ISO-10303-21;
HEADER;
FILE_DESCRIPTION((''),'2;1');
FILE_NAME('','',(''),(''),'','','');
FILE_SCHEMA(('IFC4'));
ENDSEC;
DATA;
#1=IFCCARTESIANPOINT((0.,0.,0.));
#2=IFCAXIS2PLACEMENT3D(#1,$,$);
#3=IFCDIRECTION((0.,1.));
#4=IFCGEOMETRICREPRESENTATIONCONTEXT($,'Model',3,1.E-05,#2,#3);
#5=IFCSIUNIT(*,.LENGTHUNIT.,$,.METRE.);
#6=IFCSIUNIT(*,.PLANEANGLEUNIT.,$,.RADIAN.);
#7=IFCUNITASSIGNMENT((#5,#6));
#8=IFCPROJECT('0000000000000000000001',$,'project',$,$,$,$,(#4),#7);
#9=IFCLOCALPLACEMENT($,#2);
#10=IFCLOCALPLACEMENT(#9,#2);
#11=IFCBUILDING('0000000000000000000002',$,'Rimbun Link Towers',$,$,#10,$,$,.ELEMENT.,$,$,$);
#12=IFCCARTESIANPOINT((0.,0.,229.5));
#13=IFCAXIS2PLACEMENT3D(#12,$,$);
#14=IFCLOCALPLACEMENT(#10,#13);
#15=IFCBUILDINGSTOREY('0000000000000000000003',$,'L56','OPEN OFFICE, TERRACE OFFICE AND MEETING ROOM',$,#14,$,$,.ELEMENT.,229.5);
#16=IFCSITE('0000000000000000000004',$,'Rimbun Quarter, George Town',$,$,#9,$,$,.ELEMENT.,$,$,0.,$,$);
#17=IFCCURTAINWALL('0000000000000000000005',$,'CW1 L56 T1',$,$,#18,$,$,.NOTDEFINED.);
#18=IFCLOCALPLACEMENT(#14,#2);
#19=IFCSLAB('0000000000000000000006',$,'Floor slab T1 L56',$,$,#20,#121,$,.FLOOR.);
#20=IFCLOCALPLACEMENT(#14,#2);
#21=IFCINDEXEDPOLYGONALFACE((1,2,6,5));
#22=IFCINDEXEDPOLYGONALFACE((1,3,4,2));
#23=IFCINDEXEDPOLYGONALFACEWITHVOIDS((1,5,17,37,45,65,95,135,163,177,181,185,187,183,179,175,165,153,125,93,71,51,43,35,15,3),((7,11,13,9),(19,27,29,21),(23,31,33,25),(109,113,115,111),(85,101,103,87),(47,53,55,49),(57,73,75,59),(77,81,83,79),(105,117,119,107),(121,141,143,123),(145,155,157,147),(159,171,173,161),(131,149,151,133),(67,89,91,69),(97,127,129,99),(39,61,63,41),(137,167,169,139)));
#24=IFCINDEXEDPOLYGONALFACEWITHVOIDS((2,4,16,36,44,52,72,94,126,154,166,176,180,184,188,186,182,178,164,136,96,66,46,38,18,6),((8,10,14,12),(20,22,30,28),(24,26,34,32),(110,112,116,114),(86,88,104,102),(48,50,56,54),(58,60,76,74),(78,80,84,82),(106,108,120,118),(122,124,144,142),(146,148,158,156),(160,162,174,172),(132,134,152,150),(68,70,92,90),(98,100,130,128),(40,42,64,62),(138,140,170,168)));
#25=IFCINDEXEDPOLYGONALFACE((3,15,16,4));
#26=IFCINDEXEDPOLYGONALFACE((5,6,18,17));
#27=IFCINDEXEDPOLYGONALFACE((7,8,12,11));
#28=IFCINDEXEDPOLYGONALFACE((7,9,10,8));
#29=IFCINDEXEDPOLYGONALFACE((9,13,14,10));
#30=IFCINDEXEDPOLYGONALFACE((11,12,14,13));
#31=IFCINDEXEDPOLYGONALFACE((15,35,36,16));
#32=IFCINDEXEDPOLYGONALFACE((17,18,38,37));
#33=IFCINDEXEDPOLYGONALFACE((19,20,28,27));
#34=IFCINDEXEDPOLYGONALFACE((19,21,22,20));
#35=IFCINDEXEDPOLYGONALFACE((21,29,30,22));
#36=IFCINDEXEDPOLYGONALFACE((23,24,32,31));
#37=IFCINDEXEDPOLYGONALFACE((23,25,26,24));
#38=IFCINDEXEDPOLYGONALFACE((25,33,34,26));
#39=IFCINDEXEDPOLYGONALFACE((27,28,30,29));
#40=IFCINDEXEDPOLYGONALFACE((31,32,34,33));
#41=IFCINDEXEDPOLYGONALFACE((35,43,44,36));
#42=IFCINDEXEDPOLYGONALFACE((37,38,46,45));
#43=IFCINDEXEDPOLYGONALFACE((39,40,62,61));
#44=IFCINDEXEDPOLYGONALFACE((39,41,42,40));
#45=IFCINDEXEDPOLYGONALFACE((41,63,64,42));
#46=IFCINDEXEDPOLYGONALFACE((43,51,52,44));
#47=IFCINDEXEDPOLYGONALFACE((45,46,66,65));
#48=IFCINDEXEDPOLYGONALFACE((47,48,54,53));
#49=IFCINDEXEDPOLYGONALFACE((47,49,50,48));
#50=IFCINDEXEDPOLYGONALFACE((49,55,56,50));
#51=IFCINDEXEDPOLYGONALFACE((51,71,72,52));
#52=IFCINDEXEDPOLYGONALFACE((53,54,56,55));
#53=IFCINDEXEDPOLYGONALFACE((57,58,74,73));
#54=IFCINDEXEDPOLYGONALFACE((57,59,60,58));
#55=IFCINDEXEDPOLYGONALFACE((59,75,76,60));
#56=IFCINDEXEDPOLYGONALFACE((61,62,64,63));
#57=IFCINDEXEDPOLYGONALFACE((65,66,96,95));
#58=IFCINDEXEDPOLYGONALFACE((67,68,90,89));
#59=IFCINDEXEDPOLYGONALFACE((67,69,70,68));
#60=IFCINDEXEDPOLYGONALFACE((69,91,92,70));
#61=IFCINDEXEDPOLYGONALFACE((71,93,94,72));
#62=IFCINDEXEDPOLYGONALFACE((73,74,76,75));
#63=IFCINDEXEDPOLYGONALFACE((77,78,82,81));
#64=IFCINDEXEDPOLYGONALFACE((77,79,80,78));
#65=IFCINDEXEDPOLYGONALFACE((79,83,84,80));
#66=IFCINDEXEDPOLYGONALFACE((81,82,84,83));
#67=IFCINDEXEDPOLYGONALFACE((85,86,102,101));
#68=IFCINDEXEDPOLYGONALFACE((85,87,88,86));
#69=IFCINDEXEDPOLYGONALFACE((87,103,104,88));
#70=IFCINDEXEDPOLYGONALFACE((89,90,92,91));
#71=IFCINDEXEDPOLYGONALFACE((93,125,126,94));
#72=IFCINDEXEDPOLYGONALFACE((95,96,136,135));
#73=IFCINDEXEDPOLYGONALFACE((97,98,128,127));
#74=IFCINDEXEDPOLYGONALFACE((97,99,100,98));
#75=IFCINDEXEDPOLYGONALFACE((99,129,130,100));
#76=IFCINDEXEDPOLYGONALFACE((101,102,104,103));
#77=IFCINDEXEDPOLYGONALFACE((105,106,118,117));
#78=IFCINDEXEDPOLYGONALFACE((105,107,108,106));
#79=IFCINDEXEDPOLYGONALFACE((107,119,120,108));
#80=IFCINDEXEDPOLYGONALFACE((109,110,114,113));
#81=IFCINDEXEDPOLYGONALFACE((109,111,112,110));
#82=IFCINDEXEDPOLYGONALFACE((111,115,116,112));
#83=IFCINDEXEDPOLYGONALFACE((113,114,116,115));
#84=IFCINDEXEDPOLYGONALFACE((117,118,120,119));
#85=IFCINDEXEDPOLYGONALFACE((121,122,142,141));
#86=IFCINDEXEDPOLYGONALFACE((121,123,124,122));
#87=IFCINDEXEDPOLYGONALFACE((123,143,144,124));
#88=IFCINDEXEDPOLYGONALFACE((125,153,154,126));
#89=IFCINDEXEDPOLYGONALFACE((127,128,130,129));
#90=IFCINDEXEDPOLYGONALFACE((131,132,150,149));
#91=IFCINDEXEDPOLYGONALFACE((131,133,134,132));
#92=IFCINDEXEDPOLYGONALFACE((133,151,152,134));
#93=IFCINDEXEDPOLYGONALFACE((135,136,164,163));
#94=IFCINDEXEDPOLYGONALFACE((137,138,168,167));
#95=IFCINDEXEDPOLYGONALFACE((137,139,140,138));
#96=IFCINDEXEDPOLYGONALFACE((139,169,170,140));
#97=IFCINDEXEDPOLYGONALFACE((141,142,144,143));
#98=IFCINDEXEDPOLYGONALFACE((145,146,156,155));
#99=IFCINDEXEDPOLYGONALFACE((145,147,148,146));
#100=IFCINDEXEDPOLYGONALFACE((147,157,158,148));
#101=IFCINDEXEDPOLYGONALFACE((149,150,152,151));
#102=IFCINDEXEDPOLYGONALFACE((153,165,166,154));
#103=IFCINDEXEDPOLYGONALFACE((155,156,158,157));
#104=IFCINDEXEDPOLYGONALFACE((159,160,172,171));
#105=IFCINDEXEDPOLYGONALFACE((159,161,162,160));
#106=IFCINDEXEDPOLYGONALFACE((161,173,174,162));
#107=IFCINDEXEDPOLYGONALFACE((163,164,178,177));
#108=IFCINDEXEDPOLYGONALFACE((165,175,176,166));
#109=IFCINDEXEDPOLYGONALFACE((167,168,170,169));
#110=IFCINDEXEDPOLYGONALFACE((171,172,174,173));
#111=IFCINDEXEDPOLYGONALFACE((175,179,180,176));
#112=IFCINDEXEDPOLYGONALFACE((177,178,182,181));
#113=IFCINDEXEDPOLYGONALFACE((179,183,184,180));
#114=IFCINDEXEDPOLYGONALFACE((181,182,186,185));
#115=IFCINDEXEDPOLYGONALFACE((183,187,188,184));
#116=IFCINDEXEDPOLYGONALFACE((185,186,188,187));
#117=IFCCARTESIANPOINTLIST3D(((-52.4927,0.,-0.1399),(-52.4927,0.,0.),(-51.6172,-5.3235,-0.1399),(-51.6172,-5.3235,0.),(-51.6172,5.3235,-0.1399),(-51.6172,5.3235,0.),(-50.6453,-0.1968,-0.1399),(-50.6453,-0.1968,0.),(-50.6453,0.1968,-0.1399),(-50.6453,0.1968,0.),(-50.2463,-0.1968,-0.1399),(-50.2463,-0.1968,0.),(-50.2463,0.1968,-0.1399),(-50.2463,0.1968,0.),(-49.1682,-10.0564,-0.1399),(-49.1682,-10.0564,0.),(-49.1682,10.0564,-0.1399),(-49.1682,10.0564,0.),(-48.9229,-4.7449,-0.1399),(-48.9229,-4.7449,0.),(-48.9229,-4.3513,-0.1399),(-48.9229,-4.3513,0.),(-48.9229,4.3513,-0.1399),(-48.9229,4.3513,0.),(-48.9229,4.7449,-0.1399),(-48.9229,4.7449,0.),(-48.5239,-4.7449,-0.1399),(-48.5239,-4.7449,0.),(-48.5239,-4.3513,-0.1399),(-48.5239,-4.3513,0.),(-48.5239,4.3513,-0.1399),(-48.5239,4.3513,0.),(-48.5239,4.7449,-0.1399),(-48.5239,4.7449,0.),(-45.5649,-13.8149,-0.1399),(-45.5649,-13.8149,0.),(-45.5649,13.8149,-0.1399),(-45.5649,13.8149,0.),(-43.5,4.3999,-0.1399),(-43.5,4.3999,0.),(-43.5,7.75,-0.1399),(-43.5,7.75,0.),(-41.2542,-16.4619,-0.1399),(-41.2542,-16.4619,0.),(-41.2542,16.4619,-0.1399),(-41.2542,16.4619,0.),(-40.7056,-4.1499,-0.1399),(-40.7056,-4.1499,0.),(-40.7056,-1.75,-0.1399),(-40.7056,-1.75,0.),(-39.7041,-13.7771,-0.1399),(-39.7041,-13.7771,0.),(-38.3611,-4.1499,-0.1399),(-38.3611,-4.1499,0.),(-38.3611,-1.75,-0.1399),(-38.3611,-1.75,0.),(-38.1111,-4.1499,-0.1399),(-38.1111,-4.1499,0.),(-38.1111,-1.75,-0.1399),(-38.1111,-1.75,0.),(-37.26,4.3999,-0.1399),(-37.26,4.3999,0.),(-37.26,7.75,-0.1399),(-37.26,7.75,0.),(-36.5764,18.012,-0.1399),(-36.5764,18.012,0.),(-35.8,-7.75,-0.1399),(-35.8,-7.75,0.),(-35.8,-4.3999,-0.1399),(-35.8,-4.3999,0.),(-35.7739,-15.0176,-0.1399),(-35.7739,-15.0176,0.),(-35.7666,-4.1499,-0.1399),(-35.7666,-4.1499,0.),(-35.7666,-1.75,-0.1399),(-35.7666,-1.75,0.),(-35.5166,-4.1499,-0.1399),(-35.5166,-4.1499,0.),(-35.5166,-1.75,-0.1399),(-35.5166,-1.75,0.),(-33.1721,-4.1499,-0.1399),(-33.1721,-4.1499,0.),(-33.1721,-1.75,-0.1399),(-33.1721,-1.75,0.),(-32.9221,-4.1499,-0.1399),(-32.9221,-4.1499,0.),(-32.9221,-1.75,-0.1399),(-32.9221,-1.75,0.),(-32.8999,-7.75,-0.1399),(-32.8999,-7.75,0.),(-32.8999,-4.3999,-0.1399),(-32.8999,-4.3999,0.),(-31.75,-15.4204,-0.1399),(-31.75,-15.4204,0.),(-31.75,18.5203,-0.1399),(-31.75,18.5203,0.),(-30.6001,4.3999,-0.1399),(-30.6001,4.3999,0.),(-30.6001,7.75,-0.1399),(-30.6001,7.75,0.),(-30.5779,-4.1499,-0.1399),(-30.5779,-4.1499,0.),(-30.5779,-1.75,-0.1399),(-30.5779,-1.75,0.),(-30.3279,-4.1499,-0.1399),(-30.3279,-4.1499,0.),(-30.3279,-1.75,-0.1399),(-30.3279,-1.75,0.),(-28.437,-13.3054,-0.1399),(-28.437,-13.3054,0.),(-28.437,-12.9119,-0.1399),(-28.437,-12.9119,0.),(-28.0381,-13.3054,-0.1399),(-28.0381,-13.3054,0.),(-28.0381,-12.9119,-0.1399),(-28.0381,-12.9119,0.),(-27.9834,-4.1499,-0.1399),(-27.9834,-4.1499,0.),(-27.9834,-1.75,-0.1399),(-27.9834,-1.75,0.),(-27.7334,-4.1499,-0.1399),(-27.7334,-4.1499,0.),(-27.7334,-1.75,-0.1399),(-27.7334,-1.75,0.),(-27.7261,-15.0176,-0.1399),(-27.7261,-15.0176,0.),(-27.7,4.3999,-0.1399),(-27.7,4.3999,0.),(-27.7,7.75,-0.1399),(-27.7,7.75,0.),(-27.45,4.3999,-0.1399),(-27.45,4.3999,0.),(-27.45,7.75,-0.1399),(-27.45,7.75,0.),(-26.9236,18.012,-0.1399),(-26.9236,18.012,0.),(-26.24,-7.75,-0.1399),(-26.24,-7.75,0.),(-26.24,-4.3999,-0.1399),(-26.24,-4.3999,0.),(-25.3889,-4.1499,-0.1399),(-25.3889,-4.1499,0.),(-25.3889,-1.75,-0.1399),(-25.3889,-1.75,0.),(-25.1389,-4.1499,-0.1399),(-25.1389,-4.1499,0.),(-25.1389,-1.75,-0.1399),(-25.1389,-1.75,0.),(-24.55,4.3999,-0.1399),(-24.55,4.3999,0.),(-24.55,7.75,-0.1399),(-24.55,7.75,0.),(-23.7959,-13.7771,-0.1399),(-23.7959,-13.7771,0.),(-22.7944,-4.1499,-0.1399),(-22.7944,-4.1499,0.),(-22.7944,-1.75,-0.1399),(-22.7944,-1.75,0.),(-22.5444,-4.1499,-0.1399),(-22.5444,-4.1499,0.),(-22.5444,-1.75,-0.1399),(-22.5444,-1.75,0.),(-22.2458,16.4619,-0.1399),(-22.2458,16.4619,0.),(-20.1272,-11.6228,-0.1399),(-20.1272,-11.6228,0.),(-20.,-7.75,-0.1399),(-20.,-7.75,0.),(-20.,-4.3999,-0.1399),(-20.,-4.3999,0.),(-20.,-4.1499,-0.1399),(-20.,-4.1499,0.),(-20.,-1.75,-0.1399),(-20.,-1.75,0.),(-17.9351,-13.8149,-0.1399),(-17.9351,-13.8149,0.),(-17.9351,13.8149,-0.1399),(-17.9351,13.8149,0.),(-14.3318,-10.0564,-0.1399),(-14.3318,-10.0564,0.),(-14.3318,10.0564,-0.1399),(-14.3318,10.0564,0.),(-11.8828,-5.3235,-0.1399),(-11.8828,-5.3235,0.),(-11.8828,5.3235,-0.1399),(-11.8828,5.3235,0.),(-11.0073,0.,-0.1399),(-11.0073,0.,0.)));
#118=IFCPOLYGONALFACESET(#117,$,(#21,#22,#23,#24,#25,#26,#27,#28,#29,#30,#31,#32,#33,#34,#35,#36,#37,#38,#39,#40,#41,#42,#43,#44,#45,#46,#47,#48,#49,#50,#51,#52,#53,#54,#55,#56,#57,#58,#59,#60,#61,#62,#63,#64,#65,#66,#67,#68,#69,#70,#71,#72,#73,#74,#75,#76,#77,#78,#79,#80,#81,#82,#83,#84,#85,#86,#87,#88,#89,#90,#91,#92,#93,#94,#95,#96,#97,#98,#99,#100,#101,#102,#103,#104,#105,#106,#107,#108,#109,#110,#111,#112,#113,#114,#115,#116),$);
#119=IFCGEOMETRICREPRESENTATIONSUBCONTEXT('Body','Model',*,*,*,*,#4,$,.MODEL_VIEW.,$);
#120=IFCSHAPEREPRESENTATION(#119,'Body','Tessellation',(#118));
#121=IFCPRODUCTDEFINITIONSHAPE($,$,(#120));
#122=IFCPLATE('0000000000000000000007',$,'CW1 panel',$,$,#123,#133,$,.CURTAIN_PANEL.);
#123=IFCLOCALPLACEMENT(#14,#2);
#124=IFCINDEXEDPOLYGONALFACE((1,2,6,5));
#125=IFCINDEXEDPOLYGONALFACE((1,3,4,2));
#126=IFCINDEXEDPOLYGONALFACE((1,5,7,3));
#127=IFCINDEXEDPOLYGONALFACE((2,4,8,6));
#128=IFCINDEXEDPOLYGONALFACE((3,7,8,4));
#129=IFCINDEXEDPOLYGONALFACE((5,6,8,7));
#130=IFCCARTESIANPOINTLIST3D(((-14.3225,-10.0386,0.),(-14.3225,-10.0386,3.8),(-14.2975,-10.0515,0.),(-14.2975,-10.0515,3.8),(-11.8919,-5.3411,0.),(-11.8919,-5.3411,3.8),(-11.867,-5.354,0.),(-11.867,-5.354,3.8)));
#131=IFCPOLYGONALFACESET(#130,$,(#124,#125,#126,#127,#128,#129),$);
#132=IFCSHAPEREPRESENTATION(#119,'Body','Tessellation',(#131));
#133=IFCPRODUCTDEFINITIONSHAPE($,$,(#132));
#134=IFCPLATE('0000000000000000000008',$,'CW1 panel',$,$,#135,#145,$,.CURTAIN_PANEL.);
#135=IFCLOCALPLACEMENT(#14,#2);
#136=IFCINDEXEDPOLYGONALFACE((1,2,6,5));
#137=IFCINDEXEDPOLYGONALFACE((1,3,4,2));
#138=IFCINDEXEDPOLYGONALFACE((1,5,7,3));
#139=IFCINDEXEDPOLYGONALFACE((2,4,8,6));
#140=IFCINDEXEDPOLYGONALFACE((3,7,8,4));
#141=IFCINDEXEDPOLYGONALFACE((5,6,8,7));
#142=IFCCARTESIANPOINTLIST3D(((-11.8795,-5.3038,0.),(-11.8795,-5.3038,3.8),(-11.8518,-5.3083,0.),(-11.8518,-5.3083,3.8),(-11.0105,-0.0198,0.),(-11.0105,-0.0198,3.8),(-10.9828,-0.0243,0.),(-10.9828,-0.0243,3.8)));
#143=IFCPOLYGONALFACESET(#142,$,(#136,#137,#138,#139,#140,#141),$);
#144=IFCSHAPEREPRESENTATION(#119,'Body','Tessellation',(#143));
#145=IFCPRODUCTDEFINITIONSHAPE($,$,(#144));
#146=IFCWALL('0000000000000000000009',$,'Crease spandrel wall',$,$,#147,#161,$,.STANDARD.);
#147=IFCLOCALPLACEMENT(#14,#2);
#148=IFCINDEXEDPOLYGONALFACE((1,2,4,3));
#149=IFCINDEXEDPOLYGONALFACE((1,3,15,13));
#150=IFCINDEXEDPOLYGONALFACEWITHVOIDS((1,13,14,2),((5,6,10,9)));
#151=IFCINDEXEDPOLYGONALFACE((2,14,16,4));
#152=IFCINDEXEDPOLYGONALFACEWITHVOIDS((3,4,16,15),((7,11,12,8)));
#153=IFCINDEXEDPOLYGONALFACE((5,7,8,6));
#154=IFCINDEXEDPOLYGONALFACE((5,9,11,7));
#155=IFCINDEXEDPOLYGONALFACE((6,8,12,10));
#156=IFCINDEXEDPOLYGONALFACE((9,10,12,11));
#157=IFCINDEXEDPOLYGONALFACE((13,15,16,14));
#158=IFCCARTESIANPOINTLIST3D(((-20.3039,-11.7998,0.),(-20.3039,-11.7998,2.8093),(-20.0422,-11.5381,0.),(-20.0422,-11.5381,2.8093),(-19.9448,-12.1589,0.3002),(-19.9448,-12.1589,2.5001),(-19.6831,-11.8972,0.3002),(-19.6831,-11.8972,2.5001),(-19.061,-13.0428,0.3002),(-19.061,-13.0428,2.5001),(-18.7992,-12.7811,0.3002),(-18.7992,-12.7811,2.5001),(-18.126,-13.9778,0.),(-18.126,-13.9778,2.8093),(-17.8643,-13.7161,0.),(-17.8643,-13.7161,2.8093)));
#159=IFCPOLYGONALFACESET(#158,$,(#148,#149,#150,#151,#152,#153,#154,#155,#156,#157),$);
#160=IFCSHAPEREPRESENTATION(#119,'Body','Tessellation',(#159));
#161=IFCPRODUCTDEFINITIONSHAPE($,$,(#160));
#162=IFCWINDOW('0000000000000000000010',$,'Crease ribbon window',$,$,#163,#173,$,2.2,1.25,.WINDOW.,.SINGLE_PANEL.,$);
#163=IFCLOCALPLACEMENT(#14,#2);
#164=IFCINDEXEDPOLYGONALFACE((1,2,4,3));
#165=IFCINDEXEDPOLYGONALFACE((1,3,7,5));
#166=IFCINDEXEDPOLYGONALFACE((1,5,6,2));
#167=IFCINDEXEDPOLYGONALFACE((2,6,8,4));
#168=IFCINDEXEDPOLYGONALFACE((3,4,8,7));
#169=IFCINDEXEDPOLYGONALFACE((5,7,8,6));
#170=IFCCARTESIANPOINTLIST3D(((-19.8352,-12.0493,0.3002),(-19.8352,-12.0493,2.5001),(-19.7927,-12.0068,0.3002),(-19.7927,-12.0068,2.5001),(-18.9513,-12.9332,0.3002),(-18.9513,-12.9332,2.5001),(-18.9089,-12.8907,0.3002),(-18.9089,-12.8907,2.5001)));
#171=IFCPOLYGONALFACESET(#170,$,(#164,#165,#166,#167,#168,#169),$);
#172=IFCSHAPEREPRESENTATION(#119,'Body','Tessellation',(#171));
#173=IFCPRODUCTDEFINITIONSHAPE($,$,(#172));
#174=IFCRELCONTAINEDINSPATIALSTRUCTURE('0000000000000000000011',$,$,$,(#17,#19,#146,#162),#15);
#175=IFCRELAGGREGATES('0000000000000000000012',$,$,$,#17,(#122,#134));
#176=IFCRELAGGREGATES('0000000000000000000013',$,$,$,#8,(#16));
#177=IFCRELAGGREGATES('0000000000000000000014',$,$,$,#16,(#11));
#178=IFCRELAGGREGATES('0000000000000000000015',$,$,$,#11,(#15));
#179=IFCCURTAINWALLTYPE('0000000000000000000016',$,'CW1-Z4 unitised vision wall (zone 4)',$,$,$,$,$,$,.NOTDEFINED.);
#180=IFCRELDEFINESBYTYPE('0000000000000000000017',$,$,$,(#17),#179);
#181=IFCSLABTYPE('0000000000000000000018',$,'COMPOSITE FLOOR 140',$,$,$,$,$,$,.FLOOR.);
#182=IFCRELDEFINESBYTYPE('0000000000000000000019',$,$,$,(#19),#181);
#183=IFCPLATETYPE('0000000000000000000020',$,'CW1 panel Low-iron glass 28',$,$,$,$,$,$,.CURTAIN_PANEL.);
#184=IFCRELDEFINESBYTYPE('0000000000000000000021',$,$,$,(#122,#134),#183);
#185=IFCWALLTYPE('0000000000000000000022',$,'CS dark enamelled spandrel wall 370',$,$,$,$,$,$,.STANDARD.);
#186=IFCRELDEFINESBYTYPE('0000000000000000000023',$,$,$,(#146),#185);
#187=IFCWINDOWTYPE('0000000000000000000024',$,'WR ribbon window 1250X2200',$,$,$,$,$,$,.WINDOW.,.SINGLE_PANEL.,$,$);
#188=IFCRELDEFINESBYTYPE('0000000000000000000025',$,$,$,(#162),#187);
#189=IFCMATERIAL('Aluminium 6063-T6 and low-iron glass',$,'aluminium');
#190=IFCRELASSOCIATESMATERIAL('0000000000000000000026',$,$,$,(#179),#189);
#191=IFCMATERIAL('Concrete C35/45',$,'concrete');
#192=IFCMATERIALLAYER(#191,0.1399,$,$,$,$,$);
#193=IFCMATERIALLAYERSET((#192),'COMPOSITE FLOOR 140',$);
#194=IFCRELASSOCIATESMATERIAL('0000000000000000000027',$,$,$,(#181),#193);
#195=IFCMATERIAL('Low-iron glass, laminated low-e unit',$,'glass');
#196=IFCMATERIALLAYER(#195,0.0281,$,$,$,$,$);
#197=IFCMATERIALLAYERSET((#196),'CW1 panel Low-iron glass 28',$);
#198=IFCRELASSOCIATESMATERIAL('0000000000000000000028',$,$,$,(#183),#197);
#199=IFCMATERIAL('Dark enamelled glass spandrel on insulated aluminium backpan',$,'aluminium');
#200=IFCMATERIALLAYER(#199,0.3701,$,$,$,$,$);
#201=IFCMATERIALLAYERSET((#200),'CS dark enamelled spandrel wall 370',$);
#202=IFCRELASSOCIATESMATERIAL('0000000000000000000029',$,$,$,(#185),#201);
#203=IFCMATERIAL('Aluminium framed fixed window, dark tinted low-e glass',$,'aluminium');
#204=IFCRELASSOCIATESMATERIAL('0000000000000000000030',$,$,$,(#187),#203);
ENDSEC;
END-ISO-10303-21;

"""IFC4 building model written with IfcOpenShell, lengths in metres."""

from ifc_helpers import new_model, si_unit, direction, frame, frame_2d, origin, origin_2d, place, context, subcontext, project, spatial, polyline, rectangle, outline, extrude, material, layer, layer_set, type_object, element, fill, aggregate, save


model = new_model("IFC4")

# Units and contexts
model_context = context("Model", 3, precision=1e-05, world=origin(), true_north=direction((0.0, 1.0)))
body_context = subcontext(model_context, "Body", "Model", "MODEL_VIEW")
ifc_project = project(units=[si_unit("LENGTHUNIT", "METRE"), si_unit("PLANEANGLEUNIT", "RADIAN")], contexts=[model_context])

# Site, building, storey
site_placement = place(None, origin())
site = spatial("IfcSite", under=ifc_project, at=site_placement, Name="Rimbun Quarter, George Town", CompositionType="ELEMENT", RefElevation=0.0)
building_placement = place(site_placement, origin())
building = spatial("IfcBuilding", under=site, at=building_placement, Name="Rimbun Link Towers", CompositionType="ELEMENT")
storey_placement = place(building_placement, frame((0.0, 0.0, 229.5)))
storey = spatial("IfcBuildingStorey", under=building, at=storey_placement, Name="L56", Description="OPEN OFFICE, TERRACE OFFICE AND MEETING ROOM", CompositionType="ELEMENT", Elevation=229.5)

# Curtain wall
ifc_material_1 = material(Name="Aluminium 6063-T6 and low-iron glass", Category="aluminium")
curtain_wall_type = type_object("IfcCurtainWallType", Name="CW1-Z4 unitised vision wall (zone 4)", PredefinedType="NOTDEFINED", material=ifc_material_1)
curtain_wall_placement = place(storey_placement, origin())
curtain_wall = element("IfcCurtainWall", 1, at=curtain_wall_placement, inside=storey, type_object=curtain_wall_type, Name="CW1 L56 T1", PredefinedType="NOTDEFINED")

# Slab
ifc_material_2 = material(Name="Concrete C35/45", Category="concrete")
ifc_layer_1 = layer(ifc_material_2, 0.1399)
ifc_layer_set_1 = layer_set([ifc_layer_1], Name="COMPOSITE FLOOR 140")
slab_type = type_object("IfcSlabType", Name="COMPOSITE FLOOR 140", PredefinedType="FLOOR", material=ifc_layer_set_1)
slab_placement = place(storey_placement, frame((0.0, 0.0, -0.1399)))
element("IfcSlab", 2, at=slab_placement, inside=storey, type_object=slab_type, Name="Floor slab T1 L56", PredefinedType="FLOOR", context=body_context, shape_type="SweptSolid", body=[
    extrude(outline(polyline([(-45.5649, -13.8149), (-49.1682, -10.0564), (-51.6172, -5.3235), (-52.4927, 0.0), (-51.6172, 5.3235), (-49.1682, 10.0564), (-45.5649, 13.8149), (-41.2542, 16.4619), (-36.5764, 18.012), (-31.75, 18.5203), (-26.9236, 18.012), (-22.2458, 16.4619), (-17.9351, 13.8149), (-14.3318, 10.0564), (-11.8828, 5.3235), (-11.0073, 0.0), (-11.8828, -5.3235), (-14.3318, -10.0564), (-17.9351, -13.8149), (-20.1272, -11.6228), (-23.7959, -13.7771), (-27.7261, -15.0176), (-31.75, -15.4204), (-35.7739, -15.0176), (-39.7041, -13.7771), (-41.2542, -16.4619), (-45.5649, -13.8149)]), holes=[polyline([(-32.8999, -7.75), (-32.8999, -4.3999), (-35.8, -4.3999), (-35.8, -7.75), (-32.8999, -7.75)]), polyline([(-48.5239, -4.7449), (-48.5239, -4.3513), (-48.9229, -4.3513), (-48.9229, -4.7449), (-48.5239, -4.7449)]), polyline([(-38.3611, -4.1499), (-38.3611, -1.75), (-40.7056, -1.75), (-40.7056, -4.1499), (-38.3611, -4.1499)]), polyline([(-35.7666, -4.1499), (-35.7666, -1.75), (-38.1111, -1.75), (-38.1111, -4.1499), (-35.7666, -4.1499)]), polyline([(-33.1721, -4.1499), (-33.1721, -1.75), (-35.5166, -1.75), (-35.5166, -4.1499), (-33.1721, -4.1499)]), polyline([(-30.5779, -4.1499), (-30.5779, -1.75), (-32.9221, -1.75), (-32.9221, -4.1499), (-30.5779, -4.1499)]), polyline([(-50.2463, -0.1968), (-50.2463, 0.1968), (-50.6453, 0.1968), (-50.6453, -0.1968), (-50.2463, -0.1968)]), polyline([(-48.5239, 4.3513), (-48.5239, 4.7449), (-48.9229, 4.7449), (-48.9229, 4.3513), (-48.5239, 4.3513)]), polyline([(-37.26, 4.3999), (-37.26, 7.75), (-43.5, 7.75), (-43.5, 4.3999), (-37.26, 4.3999)]), polyline([(-28.0381, -13.3054), (-28.0381, -12.9119), (-28.437, -12.9119), (-28.437, -13.3054), (-28.0381, -13.3054)]), polyline([(-20.0, -7.75), (-20.0, -4.3999), (-26.24, -4.3999), (-26.24, -7.75), (-20.0, -7.75)]), polyline([(-27.9834, -4.1499), (-27.9834, -1.75), (-30.3279, -1.75), (-30.3279, -4.1499), (-27.9834, -4.1499)]), polyline([(-25.3889, -4.1499), (-25.3889, -1.75), (-27.7334, -1.75), (-27.7334, -4.1499), (-25.3889, -4.1499)]), polyline([(-22.7944, -4.1499), (-22.7944, -1.75), (-25.1389, -1.75), (-25.1389, -4.1499), (-22.7944, -4.1499)]), polyline([(-20.0, -4.1499), (-20.0, -1.75), (-22.5444, -1.75), (-22.5444, -4.1499), (-20.0, -4.1499)]), polyline([(-30.6001, 4.3999), (-27.7, 4.3999), (-27.7, 7.75), (-30.6001, 7.75), (-30.6001, 4.3999)]), polyline([(-27.45, 4.3999), (-24.55, 4.3999), (-24.55, 7.75), (-27.45, 7.75), (-27.45, 4.3999)])]), origin(), (0.0, 0.0, 1.0), 0.1399),
])

# Plates
ifc_material_3 = material(Name="Low-iron glass, laminated low-e unit", Category="glass")
ifc_layer_2 = layer(ifc_material_3, 0.0281)
ifc_layer_set_2 = layer_set([ifc_layer_2], Name="CW1 panel Low-iron glass 28")
plate_type = type_object("IfcPlateType", Name="CW1 panel Low-iron glass 28", PredefinedType="CURTAIN_PANEL", material=ifc_layer_set_2)
plate_1_placement = place(storey_placement, frame((-13.0947, -7.6963, 0.0), z_axis=(0.0, 0.0, 1.0), x_axis=(-0.459548, -0.888153, 0.0)))
plate_1 = element("IfcPlate", 3, at=plate_1_placement, type_object=plate_type, Name="CW1 panel", PredefinedType="CURTAIN_PANEL", context=body_context, shape_type="SweptSolid", body=[
    extrude(rectangle(XDim=5.2891, YDim=0.0281, at=origin_2d()), origin(), (0.0, 0.0, 1.0), 3.8),
])
plate_2_placement = place(storey_placement, frame((-11.4312, -2.6641, 0.0), z_axis=(0.0, 0.0, 1.0), x_axis=(-0.162264, -0.986747, 0.0)))
plate_2 = element("IfcPlate", 4, at=plate_2_placement, type_object=plate_type, Name="CW1 panel", PredefinedType="CURTAIN_PANEL", context=body_context, shape_type="SweptSolid", body=[
    extrude(rectangle(XDim=5.355, YDim=0.0281, at=origin_2d()), origin(), (0.0, 0.0, 1.0), 3.8),
])
aggregate(curtain_wall, [plate_1, plate_2])

# Wall, opening, window
ifc_material_4 = material(Name="Dark enamelled glass spandrel on insulated aluminium backpan", Category="aluminium")
ifc_layer_3 = layer(ifc_material_4, 0.3701)
ifc_layer_set_3 = layer_set([ifc_layer_3], Name="CS dark enamelled spandrel wall 370")
wall_type_1 = type_object("IfcWallType", Name="CS dark enamelled spandrel wall 370", PredefinedType="STANDARD", material=ifc_layer_set_3)
wall_1_placement = place(storey_placement, frame((-17.9951, -13.8469, 0.0), z_axis=(0.0, 0.0, 1.0), x_axis=(-0.707107, 0.707107, 0.0)))
wall_1 = element("IfcWall", 5, at=wall_1_placement, inside=storey, type_object=wall_type_1, Name="Crease spandrel wall", PredefinedType="STANDARD", context=body_context, shape_type="SweptSolid", body=[
    extrude(rectangle(XDim=3.0801, YDim=0.3701, at=frame_2d((1.54, 0.0))), origin(), (0.0, 0.0, 1.0), 2.8093),
])
opening_1_placement = place(wall_1_placement, frame((1.3223, 0.0, 0.3)))
opening_1 = element("IfcOpeningElement", 6, at=opening_1_placement, cuts=wall_1, PredefinedType="OPENING", context=body_context, shape_type="SweptSolid", body=[
    extrude(rectangle(XDim=1.25, YDim=2.2, at=frame_2d((0.625, 1.1001))), frame((0.0, 0.1951, 0.0), z_axis=(0.0, -1.0, 0.0), x_axis=(1.0, 0.0, 0.0)), (0.0, 0.0, 1.0), 0.3901),
])
ifc_material_5 = material(Name="Aluminium framed fixed window, dark tinted low-e glass", Category="aluminium")
window_type = type_object("IfcWindowType", Name="WR ribbon window 1250X2200", PartitioningType="SINGLE_PANEL", PredefinedType="WINDOW", material=ifc_material_5)
window_placement = place(opening_1_placement, origin())
window = element("IfcWindow", 7, at=window_placement, inside=storey, type_object=window_type, Name="Crease ribbon window", OverallHeight=2.2, OverallWidth=1.25, PartitioningType="SINGLE_PANEL", PredefinedType="WINDOW", context=body_context, shape_type="SweptSolid", body=[
    extrude(rectangle(XDim=1.25, YDim=2.2, at=frame_2d((0.625, 1.1001))), frame((0.0, 0.03, 0.0), z_axis=(0.0, -1.0, 0.0), x_axis=(1.0, 0.0, 0.0)), (0.0, 0.0, 1.0), 0.0601),
])
fill(opening_1, window)

save(model, "model.ifc")
